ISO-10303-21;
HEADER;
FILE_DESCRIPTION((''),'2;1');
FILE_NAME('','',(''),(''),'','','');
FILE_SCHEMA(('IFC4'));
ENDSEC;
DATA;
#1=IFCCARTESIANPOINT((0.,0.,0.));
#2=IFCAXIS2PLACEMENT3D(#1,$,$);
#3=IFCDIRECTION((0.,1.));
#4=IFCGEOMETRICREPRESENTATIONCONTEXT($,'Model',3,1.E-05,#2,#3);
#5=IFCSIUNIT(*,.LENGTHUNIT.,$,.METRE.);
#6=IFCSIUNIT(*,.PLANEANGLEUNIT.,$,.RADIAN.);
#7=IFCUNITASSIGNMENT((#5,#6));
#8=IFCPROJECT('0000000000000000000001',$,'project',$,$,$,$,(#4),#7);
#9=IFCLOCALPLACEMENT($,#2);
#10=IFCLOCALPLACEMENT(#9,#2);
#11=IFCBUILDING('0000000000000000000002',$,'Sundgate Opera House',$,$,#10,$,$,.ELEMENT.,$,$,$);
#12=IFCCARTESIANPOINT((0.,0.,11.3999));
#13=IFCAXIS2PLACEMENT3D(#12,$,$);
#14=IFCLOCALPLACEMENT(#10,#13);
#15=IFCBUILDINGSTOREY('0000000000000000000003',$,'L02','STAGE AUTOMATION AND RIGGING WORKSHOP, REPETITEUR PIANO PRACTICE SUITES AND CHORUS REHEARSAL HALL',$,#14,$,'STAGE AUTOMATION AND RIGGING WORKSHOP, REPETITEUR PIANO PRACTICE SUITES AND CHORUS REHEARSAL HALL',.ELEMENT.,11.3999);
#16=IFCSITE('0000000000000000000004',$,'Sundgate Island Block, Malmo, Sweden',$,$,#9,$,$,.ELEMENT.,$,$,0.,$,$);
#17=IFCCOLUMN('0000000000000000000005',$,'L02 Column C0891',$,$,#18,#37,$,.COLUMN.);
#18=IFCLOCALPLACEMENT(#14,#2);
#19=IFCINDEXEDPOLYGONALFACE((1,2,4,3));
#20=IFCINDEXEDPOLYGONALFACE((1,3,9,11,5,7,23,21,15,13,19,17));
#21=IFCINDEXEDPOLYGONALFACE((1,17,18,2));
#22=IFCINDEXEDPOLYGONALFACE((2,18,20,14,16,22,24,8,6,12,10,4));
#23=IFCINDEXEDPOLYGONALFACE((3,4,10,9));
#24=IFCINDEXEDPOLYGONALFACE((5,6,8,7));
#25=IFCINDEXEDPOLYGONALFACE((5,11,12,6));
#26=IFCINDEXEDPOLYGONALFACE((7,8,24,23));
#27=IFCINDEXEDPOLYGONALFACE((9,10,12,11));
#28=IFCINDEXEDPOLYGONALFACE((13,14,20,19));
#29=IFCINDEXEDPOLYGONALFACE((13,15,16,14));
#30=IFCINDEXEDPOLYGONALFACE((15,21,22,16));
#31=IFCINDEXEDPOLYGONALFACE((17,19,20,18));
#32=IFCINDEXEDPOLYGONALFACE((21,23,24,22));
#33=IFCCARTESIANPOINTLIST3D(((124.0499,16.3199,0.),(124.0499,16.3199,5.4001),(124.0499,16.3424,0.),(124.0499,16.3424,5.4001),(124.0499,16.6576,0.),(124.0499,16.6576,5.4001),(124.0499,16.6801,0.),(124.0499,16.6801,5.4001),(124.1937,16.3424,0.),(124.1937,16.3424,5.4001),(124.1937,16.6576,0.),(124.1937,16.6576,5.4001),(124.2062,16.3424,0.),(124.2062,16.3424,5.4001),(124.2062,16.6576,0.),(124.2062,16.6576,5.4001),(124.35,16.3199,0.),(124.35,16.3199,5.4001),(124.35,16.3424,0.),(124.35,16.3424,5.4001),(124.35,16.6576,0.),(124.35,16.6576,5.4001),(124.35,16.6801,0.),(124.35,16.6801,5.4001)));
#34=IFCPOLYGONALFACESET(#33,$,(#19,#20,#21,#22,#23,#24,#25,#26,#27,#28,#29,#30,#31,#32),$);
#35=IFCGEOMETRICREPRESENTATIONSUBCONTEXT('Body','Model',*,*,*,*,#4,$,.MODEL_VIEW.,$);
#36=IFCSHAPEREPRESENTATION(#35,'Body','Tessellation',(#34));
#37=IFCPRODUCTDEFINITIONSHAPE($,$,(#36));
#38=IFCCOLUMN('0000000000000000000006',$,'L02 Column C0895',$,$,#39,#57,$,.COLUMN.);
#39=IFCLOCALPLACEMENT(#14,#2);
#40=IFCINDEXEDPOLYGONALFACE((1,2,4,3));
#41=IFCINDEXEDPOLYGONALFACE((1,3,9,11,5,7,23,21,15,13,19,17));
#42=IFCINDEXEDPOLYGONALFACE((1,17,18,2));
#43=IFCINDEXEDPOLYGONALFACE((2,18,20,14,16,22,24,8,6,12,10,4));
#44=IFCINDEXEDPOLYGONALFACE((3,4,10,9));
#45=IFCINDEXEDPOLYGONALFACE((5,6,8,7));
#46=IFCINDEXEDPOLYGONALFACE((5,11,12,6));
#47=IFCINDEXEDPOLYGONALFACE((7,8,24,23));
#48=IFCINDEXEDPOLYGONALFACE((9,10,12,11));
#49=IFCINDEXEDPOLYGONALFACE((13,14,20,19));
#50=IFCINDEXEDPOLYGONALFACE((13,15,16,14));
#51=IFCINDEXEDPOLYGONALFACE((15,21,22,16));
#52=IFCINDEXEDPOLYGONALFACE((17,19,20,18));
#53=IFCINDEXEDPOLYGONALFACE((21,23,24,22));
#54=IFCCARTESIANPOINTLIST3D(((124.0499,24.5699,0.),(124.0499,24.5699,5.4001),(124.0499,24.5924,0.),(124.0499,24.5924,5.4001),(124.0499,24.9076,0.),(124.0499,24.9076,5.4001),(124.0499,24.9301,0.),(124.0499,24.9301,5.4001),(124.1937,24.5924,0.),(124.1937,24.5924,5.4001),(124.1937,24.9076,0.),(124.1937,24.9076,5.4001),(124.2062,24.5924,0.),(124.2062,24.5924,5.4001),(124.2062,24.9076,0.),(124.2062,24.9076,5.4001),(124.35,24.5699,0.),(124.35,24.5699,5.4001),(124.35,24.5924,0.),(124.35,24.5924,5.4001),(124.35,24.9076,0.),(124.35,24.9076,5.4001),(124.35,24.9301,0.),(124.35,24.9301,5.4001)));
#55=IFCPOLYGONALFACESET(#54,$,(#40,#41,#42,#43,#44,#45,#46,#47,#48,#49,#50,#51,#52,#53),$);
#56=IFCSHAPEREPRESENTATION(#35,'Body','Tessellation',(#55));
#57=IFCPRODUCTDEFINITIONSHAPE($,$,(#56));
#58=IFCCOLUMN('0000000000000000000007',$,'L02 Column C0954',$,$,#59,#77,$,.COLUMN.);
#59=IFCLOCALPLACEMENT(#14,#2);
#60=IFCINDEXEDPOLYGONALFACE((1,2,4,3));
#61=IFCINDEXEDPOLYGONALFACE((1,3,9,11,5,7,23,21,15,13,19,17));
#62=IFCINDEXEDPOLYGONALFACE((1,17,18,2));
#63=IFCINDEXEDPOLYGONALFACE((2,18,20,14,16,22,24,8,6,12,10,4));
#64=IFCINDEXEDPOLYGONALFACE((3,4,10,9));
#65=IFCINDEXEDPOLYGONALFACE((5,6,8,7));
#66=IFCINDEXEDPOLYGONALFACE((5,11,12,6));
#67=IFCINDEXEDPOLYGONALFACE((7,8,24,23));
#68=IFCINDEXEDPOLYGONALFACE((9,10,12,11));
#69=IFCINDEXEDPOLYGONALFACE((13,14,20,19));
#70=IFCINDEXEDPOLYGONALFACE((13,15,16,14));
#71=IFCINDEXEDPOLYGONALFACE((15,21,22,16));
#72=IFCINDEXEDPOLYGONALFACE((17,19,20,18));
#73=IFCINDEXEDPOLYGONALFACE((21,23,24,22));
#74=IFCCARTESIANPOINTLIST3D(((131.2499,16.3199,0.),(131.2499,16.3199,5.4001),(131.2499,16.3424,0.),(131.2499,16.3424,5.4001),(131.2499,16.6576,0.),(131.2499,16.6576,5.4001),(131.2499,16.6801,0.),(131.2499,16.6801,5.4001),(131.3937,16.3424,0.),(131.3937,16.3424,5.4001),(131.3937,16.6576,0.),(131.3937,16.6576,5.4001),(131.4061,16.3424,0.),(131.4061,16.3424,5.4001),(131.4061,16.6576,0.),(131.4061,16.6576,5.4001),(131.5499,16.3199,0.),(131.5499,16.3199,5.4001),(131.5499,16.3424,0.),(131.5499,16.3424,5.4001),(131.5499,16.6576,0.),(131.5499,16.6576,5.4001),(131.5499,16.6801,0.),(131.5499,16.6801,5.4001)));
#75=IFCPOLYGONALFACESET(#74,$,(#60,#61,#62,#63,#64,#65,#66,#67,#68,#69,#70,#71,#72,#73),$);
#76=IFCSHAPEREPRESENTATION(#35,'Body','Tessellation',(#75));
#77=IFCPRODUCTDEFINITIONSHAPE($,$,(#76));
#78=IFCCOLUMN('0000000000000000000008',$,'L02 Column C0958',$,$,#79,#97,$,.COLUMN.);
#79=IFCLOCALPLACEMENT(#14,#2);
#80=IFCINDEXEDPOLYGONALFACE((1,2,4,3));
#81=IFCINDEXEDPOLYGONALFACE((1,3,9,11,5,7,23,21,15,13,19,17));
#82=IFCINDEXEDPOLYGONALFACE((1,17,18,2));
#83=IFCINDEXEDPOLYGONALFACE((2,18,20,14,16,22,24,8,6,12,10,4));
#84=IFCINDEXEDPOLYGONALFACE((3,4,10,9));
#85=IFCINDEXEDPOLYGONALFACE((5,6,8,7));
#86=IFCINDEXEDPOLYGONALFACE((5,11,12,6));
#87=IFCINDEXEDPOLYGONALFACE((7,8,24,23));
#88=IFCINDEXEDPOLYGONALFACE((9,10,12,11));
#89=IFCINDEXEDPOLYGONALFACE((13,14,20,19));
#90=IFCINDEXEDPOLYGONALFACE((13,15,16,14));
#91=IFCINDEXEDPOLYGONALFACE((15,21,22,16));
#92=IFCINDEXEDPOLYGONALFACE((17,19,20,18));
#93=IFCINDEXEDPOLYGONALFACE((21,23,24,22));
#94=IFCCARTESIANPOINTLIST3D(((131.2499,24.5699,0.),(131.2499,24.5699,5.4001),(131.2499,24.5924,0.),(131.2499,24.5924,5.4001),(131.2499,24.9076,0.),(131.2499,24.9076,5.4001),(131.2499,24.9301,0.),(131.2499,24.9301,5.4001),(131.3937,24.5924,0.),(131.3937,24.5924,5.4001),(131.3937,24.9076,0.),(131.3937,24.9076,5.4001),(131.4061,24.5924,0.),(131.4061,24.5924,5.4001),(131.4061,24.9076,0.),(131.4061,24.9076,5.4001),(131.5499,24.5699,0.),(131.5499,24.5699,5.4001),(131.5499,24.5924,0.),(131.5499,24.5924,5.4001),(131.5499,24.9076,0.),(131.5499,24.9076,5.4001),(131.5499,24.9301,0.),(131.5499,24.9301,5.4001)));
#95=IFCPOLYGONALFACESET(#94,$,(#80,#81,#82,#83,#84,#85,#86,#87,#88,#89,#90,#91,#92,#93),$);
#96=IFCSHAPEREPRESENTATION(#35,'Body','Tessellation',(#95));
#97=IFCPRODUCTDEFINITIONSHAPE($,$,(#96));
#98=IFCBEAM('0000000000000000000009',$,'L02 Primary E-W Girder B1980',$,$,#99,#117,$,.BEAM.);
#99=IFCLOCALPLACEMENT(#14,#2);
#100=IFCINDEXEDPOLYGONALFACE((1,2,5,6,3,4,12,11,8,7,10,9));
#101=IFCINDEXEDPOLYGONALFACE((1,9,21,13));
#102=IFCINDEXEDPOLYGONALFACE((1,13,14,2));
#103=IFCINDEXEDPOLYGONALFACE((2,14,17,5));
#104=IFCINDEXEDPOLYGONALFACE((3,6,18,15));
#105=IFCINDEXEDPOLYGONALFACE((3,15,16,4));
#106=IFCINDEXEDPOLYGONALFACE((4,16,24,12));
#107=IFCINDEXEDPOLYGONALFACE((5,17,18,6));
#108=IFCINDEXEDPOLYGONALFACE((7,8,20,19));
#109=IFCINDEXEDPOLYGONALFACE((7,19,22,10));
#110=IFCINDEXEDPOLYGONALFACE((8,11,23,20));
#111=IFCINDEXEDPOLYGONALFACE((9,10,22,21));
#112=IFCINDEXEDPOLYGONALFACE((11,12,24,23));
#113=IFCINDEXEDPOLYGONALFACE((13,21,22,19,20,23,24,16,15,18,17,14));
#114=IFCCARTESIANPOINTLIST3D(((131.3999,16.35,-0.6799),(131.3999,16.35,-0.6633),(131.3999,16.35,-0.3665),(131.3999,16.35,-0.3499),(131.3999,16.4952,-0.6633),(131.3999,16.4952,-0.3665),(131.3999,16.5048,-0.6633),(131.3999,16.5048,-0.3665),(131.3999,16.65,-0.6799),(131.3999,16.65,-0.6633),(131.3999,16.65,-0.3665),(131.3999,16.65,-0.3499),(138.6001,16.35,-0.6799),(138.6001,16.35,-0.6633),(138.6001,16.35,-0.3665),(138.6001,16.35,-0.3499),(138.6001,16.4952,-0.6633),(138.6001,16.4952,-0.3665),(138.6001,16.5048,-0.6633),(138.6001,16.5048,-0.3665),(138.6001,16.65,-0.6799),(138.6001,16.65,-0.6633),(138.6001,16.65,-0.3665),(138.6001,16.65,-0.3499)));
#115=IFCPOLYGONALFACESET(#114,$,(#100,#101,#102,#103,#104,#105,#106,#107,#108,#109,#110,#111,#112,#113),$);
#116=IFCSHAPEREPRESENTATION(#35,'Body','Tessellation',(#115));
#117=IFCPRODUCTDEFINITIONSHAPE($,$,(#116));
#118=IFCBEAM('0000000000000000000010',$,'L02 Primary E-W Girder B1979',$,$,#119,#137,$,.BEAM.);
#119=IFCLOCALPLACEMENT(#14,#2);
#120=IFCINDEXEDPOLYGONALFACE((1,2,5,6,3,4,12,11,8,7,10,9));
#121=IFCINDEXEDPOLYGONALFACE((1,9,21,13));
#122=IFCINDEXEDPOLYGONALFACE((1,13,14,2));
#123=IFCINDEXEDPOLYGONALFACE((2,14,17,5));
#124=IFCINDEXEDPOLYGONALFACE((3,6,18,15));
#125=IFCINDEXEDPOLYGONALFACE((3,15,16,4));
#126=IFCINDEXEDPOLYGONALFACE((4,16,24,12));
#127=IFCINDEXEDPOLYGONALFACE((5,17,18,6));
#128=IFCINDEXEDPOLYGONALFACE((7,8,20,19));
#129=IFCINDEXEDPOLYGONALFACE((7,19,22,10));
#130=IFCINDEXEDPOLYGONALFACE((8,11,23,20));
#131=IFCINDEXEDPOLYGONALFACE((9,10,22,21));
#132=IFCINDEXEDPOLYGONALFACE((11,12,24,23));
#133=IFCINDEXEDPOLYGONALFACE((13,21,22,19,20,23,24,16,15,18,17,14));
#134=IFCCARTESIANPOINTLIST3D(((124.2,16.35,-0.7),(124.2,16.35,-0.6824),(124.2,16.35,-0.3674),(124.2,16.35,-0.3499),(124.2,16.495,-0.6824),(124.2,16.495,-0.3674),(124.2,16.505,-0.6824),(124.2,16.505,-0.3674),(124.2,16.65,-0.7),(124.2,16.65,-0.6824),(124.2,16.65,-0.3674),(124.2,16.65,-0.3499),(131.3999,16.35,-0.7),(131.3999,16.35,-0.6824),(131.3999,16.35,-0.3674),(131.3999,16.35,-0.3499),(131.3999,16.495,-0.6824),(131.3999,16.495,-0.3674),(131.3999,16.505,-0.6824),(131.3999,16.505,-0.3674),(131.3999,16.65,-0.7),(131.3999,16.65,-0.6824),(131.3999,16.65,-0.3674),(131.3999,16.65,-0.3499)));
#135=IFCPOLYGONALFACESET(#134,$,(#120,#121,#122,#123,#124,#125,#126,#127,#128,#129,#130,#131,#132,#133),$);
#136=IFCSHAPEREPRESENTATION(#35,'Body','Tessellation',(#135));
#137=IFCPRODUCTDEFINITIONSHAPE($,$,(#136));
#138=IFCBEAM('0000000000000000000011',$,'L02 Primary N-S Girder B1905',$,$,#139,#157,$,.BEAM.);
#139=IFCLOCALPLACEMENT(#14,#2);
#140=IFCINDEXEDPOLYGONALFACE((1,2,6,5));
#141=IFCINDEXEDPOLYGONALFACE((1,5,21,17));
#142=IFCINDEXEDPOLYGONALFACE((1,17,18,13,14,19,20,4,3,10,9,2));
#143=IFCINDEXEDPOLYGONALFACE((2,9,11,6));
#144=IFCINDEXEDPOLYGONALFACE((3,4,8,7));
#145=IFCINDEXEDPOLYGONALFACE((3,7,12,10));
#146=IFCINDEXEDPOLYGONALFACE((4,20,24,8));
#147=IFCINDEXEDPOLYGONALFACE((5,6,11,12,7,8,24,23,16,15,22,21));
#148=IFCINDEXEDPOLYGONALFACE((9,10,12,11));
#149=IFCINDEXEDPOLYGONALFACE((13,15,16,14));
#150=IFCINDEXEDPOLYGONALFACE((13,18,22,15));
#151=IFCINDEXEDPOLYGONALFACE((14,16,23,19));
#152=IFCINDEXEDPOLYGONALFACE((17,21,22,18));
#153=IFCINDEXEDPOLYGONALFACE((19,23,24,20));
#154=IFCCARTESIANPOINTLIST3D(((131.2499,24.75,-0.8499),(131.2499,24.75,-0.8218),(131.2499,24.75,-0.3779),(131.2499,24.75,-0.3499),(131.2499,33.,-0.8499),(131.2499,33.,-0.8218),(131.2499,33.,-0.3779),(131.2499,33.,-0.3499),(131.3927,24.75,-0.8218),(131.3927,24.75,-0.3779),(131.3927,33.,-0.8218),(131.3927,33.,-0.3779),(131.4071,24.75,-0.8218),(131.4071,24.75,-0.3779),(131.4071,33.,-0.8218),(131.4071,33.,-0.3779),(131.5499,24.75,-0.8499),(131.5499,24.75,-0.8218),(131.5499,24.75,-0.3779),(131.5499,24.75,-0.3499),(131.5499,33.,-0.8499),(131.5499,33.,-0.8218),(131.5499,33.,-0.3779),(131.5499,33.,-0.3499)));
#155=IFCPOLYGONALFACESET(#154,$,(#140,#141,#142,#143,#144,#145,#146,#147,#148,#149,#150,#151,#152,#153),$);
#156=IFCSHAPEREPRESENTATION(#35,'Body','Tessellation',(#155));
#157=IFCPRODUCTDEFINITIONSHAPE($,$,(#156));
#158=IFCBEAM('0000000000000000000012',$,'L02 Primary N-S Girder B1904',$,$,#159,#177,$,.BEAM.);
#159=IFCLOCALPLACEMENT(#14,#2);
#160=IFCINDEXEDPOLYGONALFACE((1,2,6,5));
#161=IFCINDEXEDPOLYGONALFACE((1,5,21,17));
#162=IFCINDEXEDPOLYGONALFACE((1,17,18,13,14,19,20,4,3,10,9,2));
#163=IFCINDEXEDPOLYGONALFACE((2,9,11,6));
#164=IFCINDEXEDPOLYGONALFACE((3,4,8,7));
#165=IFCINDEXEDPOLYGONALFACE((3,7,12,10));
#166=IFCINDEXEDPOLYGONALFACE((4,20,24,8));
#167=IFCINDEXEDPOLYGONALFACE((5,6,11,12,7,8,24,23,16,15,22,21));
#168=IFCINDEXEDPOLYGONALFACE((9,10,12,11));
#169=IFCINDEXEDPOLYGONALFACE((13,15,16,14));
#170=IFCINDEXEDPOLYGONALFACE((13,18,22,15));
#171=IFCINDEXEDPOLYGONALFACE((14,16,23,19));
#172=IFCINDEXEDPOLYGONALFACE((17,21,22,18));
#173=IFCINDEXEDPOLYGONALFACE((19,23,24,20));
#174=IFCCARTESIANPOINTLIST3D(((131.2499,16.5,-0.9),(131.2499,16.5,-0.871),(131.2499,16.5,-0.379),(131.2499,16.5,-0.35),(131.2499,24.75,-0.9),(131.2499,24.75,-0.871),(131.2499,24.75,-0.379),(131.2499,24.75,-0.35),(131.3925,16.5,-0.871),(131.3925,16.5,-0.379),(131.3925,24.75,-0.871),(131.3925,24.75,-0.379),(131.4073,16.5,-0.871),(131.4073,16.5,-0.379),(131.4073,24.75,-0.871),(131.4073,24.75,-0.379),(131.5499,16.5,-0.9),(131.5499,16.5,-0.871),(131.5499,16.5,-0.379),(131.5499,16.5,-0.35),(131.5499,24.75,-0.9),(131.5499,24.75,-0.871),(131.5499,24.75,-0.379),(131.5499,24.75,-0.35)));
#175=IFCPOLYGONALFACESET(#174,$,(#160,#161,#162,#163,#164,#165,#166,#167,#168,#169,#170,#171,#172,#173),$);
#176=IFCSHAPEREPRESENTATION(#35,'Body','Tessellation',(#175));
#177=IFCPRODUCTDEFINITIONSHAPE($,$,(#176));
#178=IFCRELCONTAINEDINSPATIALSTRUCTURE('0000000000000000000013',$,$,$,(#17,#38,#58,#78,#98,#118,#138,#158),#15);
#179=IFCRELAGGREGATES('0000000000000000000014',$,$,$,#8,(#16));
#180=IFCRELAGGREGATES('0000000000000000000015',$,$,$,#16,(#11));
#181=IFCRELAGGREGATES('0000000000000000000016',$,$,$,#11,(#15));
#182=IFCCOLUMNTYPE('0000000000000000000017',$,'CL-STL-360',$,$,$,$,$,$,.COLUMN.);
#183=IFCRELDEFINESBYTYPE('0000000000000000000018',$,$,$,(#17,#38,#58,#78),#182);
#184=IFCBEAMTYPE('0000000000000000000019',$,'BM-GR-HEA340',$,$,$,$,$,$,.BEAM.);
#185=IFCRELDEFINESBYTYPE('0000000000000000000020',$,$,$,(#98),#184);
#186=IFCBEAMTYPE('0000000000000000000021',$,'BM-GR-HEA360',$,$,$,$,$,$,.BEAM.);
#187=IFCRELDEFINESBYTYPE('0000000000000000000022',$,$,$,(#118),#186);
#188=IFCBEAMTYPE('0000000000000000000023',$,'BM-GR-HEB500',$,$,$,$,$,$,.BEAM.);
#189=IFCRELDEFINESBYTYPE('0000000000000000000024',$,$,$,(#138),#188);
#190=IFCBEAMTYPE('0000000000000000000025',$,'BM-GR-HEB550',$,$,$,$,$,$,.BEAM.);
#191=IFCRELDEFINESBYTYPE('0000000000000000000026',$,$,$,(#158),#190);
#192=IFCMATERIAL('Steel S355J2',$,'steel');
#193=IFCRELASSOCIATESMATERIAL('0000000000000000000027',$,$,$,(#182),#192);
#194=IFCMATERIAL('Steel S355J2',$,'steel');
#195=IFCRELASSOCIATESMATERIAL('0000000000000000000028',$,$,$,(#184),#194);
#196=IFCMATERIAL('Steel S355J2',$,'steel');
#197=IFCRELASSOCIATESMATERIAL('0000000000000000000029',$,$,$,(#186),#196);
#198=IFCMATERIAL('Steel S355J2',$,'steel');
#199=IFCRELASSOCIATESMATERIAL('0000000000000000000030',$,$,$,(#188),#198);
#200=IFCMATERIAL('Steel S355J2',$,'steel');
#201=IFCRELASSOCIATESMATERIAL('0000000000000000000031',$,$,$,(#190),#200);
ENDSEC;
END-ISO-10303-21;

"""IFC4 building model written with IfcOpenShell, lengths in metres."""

from ifc_helpers import new_model, si_unit, direction, frame, origin, origin_2d, place, context, subcontext, project, spatial, i_section, extrude, material, material_profile, profile_set, type_object, element, save


model = new_model("IFC4")

# Units and contexts
model_context = context("Model", 3, precision=1e-05, world=origin(), true_north=direction((0.0, 1.0)))
body_context = subcontext(model_context, "Body", "Model", "MODEL_VIEW")
ifc_project = project(units=[si_unit("LENGTHUNIT", "METRE"), si_unit("PLANEANGLEUNIT", "RADIAN")], contexts=[model_context])

# Site, building, storey
site_placement = place(None, origin())
site = spatial("IfcSite", under=ifc_project, at=site_placement, Name="Sundgate Island Block, Malmo, Sweden", CompositionType="ELEMENT", RefElevation=0.0)
building_placement = place(site_placement, origin())
building = spatial("IfcBuilding", under=site, at=building_placement, Name="Sundgate Opera House", CompositionType="ELEMENT")
storey_placement = place(building_placement, frame((0.0, 0.0, 11.3999)))
storey = spatial("IfcBuildingStorey", under=building, at=storey_placement, Name="L02", Description="STAGE AUTOMATION AND RIGGING WORKSHOP, REPETITEUR PIANO PRACTICE SUITES AND CHORUS REHEARSAL HALL", LongName="STAGE AUTOMATION AND RIGGING WORKSHOP, REPETITEUR PIANO PRACTICE SUITES AND CHORUS REHEARSAL HALL", CompositionType="ELEMENT", Elevation=11.3999)

# Columns
ifc_material_1 = material(Name="Steel S355J2", Category="steel")
ifc_material_profile_1 = material_profile(ifc_material_1, i_section(OverallWidth=0.3, OverallDepth=0.3601, WebThickness=0.0125, FlangeThickness=0.0225, at=origin_2d()), Name="HEB 360")
ifc_profile_set_1 = profile_set([ifc_material_profile_1], Name="Steel S355J2")
column_type = type_object("IfcColumnType", Name="CL-STL-360", PredefinedType="COLUMN", material=ifc_profile_set_1)
for number, where, z_axis, x_axis, name in (
    (1, (124.2, 16.5, 0.0), (0.0, 0.0, 1.0), (1.0, 0.0, 0.0), "L02 Column C0891"),
    (2, (124.2, 24.75, 0.0), (0.0, 0.0, 1.0), (1.0, 0.0, 0.0), "L02 Column C0895"),
    (3, (131.3999, 16.5, 0.0), (0.0, 0.0, 1.0), (1.0, 0.0, 0.0), "L02 Column C0954"),
    (4, (131.3999, 24.75, 0.0), (0.0, 0.0, 1.0), (1.0, 0.0, 0.0), "L02 Column C0958"),
):
    element("IfcColumn", number, at=place(storey_placement, frame(where, z_axis=z_axis, x_axis=x_axis)), inside=storey, type_object=column_type, Name=name, PredefinedType="COLUMN", context=body_context, shape_type="SweptSolid", body=[
        extrude(i_section(OverallWidth=0.3, OverallDepth=0.3601, WebThickness=0.0125, FlangeThickness=0.0225, at=origin_2d()), origin(), (0.0, 0.0, 1.0), 5.4001),
    ])

# Beams
ifc_material_2 = material(Name="Steel S355J2", Category="steel")
ifc_material_profile_2 = material_profile(ifc_material_2, i_section(OverallWidth=0.3, OverallDepth=0.3301, WebThickness=0.0095, FlangeThickness=0.0166, at=origin_2d()), Name="HEA 340")
ifc_profile_set_2 = profile_set([ifc_material_profile_2], Name="Steel S355J2")
beam_type_1 = type_object("IfcBeamType", Name="BM-GR-HEA340", PredefinedType="BEAM", material=ifc_profile_set_2)
beam_1_placement = place(storey_placement, frame((131.3999, 16.5, -0.5149), z_axis=(1.0, 0.0, 0.0), x_axis=(0.0, 1.0, 0.0)))
element("IfcBeam", 5, at=beam_1_placement, inside=storey, type_object=beam_type_1, Name="L02 Primary E-W Girder B1980", PredefinedType="BEAM", context=body_context, shape_type="SweptSolid", body=[
    extrude(i_section(OverallWidth=0.3, OverallDepth=0.3301, WebThickness=0.0095, FlangeThickness=0.0166, at=origin_2d()), origin(), (0.0, 0.0, 1.0), 7.2002),
])
ifc_material_3 = material(Name="Steel S355J2", Category="steel")
ifc_material_profile_3 = material_profile(ifc_material_3, i_section(OverallWidth=0.3, OverallDepth=0.3501, WebThickness=0.01, FlangeThickness=0.0176, at=origin_2d()), Name="HEA 360")
ifc_profile_set_3 = profile_set([ifc_material_profile_3], Name="Steel S355J2")
beam_type_2 = type_object("IfcBeamType", Name="BM-GR-HEA360", PredefinedType="BEAM", material=ifc_profile_set_3)
beam_2_placement = place(storey_placement, frame((124.2, 16.5, -0.5249), z_axis=(1.0, 0.0, 0.0), x_axis=(0.0, 1.0, 0.0)))
element("IfcBeam", 6, at=beam_2_placement, inside=storey, type_object=beam_type_2, Name="L02 Primary E-W Girder B1979", PredefinedType="BEAM", context=body_context, shape_type="SweptSolid", body=[
    extrude(i_section(OverallWidth=0.3, OverallDepth=0.3501, WebThickness=0.01, FlangeThickness=0.0176, at=origin_2d()), origin(), (0.0, 0.0, 1.0), 7.2),
])
ifc_material_4 = material(Name="Steel S355J2", Category="steel")
ifc_material_profile_4 = material_profile(ifc_material_4, i_section(OverallWidth=0.3, OverallDepth=0.5, WebThickness=0.0144, FlangeThickness=0.0281, at=origin_2d()), Name="HEB 500")
ifc_profile_set_4 = profile_set([ifc_material_profile_4], Name="Steel S355J2")
beam_type_3 = type_object("IfcBeamType", Name="BM-GR-HEB500", PredefinedType="BEAM", material=ifc_profile_set_4)
beam_3_placement = place(storey_placement, frame((131.3999, 24.75, -0.5999), z_axis=(0.0, 1.0, 0.0), x_axis=(-1.0, 0.0, 0.0)))
element("IfcBeam", 7, at=beam_3_placement, inside=storey, type_object=beam_type_3, Name="L02 Primary N-S Girder B1905", PredefinedType="BEAM", context=body_context, shape_type="SweptSolid", body=[
    extrude(i_section(OverallWidth=0.3, OverallDepth=0.5, WebThickness=0.0144, FlangeThickness=0.0281, at=origin_2d()), origin(), (0.0, 0.0, 1.0), 8.25),
])
ifc_material_5 = material(Name="Steel S355J2", Category="steel")
ifc_material_profile_5 = material_profile(ifc_material_5, i_section(OverallWidth=0.3, OverallDepth=0.55, WebThickness=0.0149, FlangeThickness=0.0291, at=origin_2d()), Name="HEB 550")
ifc_profile_set_5 = profile_set([ifc_material_profile_5], Name="Steel S355J2")
beam_type_4 = type_object("IfcBeamType", Name="BM-GR-HEB550", PredefinedType="BEAM", material=ifc_profile_set_5)
beam_4_placement = place(storey_placement, frame((131.3999, 16.5, -0.625), z_axis=(0.0, 1.0, 0.0), x_axis=(-1.0, 0.0, 0.0)))
element("IfcBeam", 8, at=beam_4_placement, inside=storey, type_object=beam_type_4, Name="L02 Primary N-S Girder B1904", PredefinedType="BEAM", context=body_context, shape_type="SweptSolid", body=[
    extrude(i_section(OverallWidth=0.3, OverallDepth=0.55, WebThickness=0.0149, FlangeThickness=0.0291, at=origin_2d()), origin(), (0.0, 0.0, 1.0), 8.25),
])

save(model, "model.ifc")
